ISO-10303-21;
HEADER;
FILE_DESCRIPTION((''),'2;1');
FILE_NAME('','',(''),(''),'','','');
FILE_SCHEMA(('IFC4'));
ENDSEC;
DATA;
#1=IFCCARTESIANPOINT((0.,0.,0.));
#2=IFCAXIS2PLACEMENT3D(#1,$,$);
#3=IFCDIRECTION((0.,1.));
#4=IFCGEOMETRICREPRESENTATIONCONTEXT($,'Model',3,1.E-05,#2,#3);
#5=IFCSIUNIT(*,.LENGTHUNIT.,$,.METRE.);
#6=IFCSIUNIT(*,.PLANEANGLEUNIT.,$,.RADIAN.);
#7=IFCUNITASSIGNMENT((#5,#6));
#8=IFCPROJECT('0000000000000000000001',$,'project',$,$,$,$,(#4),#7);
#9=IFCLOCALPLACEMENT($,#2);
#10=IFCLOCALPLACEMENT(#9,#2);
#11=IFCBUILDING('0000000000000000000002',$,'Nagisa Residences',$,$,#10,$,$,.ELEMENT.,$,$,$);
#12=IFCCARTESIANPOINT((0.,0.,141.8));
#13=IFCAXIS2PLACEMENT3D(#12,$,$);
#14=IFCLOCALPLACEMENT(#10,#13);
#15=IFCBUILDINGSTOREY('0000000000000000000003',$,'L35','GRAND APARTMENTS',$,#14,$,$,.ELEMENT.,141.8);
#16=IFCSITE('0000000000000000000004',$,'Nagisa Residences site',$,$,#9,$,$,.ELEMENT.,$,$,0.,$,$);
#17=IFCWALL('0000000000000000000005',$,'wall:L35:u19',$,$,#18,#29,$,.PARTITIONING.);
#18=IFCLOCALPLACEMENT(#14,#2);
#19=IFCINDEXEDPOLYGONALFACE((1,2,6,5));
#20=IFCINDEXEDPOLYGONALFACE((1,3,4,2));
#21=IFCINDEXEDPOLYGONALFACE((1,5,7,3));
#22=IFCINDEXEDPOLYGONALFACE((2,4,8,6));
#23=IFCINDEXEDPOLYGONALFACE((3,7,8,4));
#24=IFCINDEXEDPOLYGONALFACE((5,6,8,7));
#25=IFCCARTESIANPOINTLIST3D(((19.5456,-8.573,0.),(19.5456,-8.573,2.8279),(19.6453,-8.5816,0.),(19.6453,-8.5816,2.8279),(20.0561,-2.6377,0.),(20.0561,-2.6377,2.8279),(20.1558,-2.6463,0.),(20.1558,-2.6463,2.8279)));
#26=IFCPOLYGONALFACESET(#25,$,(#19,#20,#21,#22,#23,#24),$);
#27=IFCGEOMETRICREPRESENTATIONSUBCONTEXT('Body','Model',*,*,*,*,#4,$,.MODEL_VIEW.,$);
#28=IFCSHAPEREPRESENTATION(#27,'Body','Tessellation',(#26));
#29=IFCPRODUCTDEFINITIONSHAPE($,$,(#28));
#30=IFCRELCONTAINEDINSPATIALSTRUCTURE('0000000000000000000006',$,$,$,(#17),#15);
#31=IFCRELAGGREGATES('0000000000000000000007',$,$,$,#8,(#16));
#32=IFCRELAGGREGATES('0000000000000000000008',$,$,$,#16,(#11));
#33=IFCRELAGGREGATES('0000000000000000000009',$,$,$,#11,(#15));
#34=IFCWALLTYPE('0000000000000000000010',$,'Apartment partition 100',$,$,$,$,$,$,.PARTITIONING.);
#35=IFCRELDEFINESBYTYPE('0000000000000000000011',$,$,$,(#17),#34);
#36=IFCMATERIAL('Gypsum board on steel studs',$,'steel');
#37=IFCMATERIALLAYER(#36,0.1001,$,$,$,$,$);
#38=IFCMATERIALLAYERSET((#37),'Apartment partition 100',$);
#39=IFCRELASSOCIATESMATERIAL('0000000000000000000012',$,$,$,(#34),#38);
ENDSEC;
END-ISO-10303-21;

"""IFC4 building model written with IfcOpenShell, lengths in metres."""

from ifc_helpers import new_model, si_unit, direction, frame, frame_2d, origin, place, context, subcontext, project, spatial, rectangle, extrude, material, layer, layer_set, type_object, element, save


model = new_model("IFC4")

# Units and contexts
model_context = context("Model", 3, precision=1e-05, world=origin(), true_north=direction((0.0, 1.0)))
body_context = subcontext(model_context, "Body", "Model", "MODEL_VIEW")
ifc_project = project(units=[si_unit("LENGTHUNIT", "METRE"), si_unit("PLANEANGLEUNIT", "RADIAN")], contexts=[model_context])

# Site, building, storey
site_placement = place(None, origin())
site = spatial("IfcSite", under=ifc_project, at=site_placement, Name="Nagisa Residences site", CompositionType="ELEMENT", RefElevation=0.0)
building_placement = place(site_placement, origin())
building = spatial("IfcBuilding", under=site, at=building_placement, Name="Nagisa Residences", CompositionType="ELEMENT")
storey_placement = place(building_placement, frame((0.0, 0.0, 141.8)))
storey = spatial("IfcBuildingStorey", under=building, at=storey_placement, Name="L35", Description="GRAND APARTMENTS", CompositionType="ELEMENT", Elevation=141.8)

# Shared definitions
ifc_material_1 = material(Name="Gypsum board on steel studs", Category="steel")
ifc_layer_1 = layer(ifc_material_1, 0.1001)
ifc_layer_set_1 = layer_set([ifc_layer_1], Name="Apartment partition 100")
wall_type_1 = type_object("IfcWallType", Name="Apartment partition 100", PredefinedType="PARTITIONING", material=ifc_layer_set_1)

# Wall
wall_1_placement = place(storey_placement, frame((20.106, -2.6421, 0.0), z_axis=(0.0, 0.0, 1.0), x_axis=(-0.085694, -0.996321, 0.0)))
element("IfcWall", 1, at=wall_1_placement, inside=storey, type_object=wall_type_1, Name="wall:L35:u19", PredefinedType="PARTITIONING", context=body_context, shape_type="SweptSolid", body=[
    extrude(rectangle(XDim=5.9573, YDim=0.1001, at=frame_2d((2.9785, 0.0))), origin(), (0.0, 0.0, 1.0), 2.8279),
])

save(model, "model.ifc")
